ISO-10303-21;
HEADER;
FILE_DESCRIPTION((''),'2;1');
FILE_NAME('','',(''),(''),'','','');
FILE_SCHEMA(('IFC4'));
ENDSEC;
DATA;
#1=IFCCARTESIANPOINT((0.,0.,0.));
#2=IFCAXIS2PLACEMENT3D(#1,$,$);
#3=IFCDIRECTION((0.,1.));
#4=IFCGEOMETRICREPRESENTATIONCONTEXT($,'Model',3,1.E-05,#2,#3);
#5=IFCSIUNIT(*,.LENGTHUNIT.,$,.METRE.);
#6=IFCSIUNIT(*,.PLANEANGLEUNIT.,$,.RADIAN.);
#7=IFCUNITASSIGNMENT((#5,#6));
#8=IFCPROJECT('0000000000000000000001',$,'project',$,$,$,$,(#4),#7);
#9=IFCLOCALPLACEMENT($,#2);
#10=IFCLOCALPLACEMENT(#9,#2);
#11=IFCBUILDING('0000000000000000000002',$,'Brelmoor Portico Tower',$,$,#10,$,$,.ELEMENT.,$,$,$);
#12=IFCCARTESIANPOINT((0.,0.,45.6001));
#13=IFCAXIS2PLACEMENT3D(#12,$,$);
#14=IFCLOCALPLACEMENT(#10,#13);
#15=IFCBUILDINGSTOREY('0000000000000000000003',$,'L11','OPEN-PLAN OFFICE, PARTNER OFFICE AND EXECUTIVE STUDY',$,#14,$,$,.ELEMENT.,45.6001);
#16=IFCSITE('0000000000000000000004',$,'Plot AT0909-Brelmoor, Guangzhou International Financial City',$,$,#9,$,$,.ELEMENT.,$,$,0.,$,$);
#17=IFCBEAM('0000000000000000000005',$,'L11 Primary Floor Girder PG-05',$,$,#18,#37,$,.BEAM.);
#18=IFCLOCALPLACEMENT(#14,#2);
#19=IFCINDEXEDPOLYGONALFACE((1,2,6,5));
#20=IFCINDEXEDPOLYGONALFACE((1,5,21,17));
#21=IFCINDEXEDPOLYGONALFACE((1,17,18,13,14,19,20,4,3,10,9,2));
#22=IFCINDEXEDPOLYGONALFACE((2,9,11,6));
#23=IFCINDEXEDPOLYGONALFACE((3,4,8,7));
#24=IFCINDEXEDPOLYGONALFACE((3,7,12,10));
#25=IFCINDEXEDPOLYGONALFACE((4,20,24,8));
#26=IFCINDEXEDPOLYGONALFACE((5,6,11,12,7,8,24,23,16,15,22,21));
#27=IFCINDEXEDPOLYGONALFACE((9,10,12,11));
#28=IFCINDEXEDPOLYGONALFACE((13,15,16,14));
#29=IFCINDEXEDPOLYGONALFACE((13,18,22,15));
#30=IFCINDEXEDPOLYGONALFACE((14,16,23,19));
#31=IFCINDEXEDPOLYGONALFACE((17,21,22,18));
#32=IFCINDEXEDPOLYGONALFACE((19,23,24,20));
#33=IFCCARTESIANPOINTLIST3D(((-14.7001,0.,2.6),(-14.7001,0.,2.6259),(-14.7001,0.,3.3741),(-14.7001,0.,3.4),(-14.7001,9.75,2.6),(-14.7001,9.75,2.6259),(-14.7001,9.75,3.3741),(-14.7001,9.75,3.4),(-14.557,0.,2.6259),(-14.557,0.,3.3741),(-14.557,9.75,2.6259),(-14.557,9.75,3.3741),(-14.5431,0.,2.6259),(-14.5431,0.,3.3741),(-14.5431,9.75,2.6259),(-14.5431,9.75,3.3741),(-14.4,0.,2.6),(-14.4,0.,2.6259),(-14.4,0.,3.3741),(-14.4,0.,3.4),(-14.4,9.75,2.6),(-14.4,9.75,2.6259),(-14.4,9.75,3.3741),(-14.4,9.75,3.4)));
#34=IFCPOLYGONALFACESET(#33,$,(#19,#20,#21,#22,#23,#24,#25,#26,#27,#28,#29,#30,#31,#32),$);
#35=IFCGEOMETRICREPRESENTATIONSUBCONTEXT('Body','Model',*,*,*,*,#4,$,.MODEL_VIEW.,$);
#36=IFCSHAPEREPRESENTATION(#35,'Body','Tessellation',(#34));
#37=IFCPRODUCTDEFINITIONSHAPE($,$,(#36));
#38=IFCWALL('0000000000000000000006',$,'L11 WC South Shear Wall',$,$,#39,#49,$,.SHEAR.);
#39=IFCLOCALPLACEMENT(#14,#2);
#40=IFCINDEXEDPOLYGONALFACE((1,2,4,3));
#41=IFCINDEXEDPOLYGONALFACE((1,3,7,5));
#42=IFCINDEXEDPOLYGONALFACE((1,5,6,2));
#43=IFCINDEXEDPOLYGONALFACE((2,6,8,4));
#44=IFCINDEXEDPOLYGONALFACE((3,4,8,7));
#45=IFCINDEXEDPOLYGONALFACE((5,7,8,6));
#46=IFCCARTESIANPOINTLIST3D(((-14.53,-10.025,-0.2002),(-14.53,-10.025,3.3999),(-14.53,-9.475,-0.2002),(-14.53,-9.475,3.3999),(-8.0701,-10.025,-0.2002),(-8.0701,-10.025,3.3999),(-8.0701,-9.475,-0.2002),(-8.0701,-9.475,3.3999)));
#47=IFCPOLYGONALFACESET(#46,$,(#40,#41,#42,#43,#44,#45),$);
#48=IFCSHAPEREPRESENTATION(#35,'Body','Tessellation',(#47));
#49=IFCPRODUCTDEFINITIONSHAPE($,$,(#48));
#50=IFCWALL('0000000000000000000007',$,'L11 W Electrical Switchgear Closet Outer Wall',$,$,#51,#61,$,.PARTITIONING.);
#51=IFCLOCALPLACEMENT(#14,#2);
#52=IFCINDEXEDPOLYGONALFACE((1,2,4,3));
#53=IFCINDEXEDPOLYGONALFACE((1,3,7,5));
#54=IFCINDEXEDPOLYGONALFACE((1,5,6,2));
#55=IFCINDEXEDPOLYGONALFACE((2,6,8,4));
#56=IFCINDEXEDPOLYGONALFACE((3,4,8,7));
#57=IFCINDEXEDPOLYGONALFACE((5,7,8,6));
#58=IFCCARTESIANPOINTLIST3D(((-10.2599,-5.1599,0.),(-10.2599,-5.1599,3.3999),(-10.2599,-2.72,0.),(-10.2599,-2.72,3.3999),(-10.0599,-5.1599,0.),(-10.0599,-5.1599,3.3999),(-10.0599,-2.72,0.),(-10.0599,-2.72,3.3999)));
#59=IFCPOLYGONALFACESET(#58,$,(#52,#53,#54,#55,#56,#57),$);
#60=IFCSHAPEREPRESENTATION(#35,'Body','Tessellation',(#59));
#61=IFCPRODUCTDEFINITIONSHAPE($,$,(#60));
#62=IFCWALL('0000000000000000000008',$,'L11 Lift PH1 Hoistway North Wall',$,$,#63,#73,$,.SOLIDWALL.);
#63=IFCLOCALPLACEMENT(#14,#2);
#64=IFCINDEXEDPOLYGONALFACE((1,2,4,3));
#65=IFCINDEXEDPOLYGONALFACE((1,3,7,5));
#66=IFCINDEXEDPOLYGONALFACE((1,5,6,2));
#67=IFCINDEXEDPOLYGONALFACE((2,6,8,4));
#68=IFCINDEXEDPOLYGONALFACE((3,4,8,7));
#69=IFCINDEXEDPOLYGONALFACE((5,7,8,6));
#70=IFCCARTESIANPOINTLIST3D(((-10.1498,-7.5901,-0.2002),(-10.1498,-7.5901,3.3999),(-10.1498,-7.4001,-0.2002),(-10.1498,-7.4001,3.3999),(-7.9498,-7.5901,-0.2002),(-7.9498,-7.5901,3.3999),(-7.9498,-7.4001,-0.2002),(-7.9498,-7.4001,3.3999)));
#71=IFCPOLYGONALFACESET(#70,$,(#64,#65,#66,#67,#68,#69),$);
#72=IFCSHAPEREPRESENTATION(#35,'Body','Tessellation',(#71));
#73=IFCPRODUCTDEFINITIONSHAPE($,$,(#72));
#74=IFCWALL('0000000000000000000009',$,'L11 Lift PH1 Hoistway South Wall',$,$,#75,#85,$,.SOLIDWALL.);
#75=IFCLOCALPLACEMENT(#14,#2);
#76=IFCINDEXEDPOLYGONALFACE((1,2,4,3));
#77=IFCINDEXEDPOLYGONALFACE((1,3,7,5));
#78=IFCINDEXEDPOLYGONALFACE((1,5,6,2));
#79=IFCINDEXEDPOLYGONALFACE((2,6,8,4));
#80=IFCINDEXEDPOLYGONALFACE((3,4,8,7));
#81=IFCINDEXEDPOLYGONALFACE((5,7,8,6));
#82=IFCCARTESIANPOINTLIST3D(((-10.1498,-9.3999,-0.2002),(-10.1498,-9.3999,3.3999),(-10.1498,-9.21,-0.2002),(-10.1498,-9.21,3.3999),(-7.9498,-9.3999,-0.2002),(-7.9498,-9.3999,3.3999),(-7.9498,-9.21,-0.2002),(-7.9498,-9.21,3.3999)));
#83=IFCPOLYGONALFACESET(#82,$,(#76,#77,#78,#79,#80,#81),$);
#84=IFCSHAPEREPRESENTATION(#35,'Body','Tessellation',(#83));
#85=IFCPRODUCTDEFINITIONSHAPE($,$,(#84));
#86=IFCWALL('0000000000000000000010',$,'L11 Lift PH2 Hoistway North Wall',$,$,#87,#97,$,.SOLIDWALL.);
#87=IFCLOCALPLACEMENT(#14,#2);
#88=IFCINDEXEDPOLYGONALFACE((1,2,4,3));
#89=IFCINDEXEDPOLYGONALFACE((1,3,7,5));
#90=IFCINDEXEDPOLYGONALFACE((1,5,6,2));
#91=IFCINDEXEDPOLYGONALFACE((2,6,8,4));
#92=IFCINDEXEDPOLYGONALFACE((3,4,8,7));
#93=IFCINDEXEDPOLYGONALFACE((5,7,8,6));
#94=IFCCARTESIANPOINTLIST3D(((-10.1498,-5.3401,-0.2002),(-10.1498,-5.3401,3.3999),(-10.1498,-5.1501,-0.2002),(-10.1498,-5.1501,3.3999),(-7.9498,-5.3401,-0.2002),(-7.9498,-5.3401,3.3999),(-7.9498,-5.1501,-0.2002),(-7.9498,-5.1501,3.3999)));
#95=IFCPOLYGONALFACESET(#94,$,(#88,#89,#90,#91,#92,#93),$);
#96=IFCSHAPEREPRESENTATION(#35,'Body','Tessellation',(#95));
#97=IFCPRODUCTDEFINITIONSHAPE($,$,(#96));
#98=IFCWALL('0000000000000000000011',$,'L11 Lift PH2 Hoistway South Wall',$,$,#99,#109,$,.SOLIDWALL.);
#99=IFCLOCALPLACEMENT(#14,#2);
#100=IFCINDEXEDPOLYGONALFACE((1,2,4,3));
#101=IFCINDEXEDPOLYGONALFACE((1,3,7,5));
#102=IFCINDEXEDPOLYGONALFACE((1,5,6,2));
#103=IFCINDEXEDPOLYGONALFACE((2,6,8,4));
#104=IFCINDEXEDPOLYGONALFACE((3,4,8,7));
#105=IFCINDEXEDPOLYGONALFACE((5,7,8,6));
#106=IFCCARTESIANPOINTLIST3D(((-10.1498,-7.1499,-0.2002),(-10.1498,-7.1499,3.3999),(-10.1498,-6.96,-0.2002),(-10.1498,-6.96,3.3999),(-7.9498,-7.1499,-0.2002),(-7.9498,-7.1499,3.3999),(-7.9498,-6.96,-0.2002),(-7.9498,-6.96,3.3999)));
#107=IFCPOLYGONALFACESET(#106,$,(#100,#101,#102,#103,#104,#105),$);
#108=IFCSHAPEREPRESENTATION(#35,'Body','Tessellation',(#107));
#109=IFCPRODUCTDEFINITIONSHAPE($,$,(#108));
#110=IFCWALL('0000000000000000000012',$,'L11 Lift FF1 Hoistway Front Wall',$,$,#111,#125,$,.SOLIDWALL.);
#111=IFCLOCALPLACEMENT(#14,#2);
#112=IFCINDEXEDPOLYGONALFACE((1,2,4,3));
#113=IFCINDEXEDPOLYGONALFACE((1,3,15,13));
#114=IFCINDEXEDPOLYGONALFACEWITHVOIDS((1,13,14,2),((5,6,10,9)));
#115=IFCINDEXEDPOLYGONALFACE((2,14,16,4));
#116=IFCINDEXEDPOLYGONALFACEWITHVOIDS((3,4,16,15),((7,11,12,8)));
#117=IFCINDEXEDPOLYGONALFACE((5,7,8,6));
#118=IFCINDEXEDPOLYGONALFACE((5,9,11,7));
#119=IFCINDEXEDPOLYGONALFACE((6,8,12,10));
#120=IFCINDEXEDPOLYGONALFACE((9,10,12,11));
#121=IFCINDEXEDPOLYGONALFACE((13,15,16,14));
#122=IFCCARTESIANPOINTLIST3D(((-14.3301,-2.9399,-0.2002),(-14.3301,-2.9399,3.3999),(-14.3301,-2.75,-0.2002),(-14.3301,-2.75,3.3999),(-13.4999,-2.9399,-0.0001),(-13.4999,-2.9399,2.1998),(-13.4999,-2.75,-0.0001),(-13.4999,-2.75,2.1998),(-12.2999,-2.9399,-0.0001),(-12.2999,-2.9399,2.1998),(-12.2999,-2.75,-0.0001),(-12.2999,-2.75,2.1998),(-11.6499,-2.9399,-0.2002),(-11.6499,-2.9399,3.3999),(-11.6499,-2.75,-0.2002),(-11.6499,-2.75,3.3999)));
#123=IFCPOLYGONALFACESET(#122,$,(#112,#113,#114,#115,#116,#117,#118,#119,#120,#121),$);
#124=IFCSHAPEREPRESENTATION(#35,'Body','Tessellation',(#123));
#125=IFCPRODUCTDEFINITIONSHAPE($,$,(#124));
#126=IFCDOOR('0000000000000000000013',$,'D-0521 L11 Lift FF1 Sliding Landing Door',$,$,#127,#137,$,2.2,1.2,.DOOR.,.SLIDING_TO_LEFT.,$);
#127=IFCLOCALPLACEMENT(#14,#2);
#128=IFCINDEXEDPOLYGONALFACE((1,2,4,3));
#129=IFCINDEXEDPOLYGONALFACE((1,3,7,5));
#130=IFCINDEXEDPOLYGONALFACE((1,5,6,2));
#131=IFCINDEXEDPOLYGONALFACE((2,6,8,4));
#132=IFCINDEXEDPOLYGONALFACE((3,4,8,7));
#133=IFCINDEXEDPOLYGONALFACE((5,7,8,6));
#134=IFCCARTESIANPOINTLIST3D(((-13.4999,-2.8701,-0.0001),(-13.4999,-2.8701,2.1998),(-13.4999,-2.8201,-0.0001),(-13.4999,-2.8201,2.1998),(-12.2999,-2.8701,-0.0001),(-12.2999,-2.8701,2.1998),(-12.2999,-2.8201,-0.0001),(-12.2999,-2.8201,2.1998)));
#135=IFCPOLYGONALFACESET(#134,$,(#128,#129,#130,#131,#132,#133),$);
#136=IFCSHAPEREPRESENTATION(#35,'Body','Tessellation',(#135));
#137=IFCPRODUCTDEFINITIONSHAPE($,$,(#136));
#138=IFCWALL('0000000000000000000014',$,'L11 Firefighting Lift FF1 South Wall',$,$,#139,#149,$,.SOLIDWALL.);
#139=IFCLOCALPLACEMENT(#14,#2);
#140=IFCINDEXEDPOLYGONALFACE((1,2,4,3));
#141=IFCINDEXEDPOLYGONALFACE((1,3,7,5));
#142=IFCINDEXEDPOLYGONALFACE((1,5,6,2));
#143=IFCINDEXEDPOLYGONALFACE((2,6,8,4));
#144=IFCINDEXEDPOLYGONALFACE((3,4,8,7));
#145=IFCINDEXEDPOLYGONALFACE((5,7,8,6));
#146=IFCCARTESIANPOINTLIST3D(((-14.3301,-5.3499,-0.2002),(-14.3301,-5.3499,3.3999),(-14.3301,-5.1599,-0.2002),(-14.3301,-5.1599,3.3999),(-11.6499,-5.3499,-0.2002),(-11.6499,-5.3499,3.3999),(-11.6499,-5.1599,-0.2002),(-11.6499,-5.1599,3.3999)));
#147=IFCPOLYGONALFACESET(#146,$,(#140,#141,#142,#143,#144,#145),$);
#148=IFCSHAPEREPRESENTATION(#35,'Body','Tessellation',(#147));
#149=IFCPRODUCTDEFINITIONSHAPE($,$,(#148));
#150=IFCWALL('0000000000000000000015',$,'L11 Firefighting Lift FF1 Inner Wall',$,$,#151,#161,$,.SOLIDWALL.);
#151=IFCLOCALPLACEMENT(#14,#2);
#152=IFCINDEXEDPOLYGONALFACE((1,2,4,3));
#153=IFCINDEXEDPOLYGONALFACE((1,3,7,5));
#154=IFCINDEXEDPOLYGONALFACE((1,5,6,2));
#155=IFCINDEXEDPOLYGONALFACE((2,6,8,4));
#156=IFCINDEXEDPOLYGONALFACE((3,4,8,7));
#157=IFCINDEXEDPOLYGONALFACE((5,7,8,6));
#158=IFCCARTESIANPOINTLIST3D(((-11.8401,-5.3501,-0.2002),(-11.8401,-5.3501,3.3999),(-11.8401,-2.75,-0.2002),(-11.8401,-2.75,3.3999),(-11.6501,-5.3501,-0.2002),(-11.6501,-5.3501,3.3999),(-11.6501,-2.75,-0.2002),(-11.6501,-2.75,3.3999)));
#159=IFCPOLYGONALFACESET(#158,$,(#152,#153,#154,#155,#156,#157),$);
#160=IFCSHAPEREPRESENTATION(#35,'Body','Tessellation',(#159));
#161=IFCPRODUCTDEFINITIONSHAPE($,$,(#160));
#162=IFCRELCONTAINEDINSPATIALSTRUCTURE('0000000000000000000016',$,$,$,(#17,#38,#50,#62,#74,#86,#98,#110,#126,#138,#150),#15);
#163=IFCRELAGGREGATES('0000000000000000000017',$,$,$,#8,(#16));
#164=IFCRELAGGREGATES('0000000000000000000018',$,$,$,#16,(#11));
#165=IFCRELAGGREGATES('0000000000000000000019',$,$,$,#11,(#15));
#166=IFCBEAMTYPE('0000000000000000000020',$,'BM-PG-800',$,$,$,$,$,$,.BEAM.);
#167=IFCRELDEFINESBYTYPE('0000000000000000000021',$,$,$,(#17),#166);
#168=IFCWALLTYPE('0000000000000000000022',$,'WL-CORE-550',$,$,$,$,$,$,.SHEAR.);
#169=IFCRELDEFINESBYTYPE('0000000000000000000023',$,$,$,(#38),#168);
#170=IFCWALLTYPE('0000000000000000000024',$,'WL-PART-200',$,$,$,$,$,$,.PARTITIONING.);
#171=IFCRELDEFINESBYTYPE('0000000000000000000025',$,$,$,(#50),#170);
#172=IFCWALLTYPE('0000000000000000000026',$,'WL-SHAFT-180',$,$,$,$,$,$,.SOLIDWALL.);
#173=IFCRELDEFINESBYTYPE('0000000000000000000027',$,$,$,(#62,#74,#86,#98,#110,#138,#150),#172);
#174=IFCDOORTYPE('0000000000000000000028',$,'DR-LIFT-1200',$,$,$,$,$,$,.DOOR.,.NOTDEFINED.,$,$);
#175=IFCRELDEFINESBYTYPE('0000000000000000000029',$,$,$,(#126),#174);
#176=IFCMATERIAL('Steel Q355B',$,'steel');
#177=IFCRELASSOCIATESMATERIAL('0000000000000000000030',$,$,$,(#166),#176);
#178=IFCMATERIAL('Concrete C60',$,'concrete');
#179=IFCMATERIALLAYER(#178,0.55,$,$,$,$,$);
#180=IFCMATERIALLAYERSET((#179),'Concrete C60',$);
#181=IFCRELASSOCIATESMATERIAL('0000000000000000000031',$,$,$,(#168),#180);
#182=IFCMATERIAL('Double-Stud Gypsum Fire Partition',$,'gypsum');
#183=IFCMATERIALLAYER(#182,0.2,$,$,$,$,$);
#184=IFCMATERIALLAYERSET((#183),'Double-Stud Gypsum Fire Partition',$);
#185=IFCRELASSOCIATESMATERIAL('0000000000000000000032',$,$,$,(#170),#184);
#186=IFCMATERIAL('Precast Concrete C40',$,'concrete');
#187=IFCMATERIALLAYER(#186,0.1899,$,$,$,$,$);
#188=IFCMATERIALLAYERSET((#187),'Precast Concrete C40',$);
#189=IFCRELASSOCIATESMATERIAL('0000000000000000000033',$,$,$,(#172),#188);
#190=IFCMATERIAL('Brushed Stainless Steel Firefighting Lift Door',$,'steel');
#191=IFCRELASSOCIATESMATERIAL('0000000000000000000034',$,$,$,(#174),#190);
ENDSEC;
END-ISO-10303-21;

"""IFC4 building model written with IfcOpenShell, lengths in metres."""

from ifc_helpers import new_model, si_unit, direction, frame, frame_2d, origin, origin_2d, place, context, subcontext, project, spatial, rectangle, i_section, extrude, material, layer, layer_set, material_profile, profile_set, type_object, element, fill, save


model = new_model("IFC4")

# Units and contexts
model_context = context("Model", 3, precision=1e-05, world=origin(), true_north=direction((0.0, 1.0)))
body_context = subcontext(model_context, "Body", "Model", "MODEL_VIEW")
ifc_project = project(units=[si_unit("LENGTHUNIT", "METRE"), si_unit("PLANEANGLEUNIT", "RADIAN")], contexts=[model_context])

# Site, building, storey
site_placement = place(None, origin())
site = spatial("IfcSite", under=ifc_project, at=site_placement, Name="Plot AT0909-Brelmoor, Guangzhou International Financial City", CompositionType="ELEMENT", RefElevation=0.0)
building_placement = place(site_placement, origin())
building = spatial("IfcBuilding", under=site, at=building_placement, Name="Brelmoor Portico Tower", CompositionType="ELEMENT")
storey_placement = place(building_placement, frame((0.0, 0.0, 45.6001)))
storey = spatial("IfcBuildingStorey", under=building, at=storey_placement, Name="L11", Description="OPEN-PLAN OFFICE, PARTNER OFFICE AND EXECUTIVE STUDY", CompositionType="ELEMENT", Elevation=45.6001)

# Beam
ifc_material_1 = material(Name="Steel Q355B", Category="steel")
ifc_material_profile = material_profile(ifc_material_1, i_section(OverallWidth=0.3, OverallDepth=0.8, WebThickness=0.0139, FlangeThickness=0.0259, at=origin_2d()), Name="HN 800x300x14x26")
ifc_profile_set = profile_set([ifc_material_profile], Name="Steel Q355B")
beam_type = type_object("IfcBeamType", Name="BM-PG-800", PredefinedType="BEAM", material=ifc_profile_set)
beam_placement = place(storey_placement, frame((-14.55, 0.0, 3.0), z_axis=(0.0, 1.0, 0.0), x_axis=(-1.0, 0.0, 0.0)))
element("IfcBeam", 1, at=beam_placement, inside=storey, type_object=beam_type, Name="L11 Primary Floor Girder PG-05", PredefinedType="BEAM", context=body_context, shape_type="SweptSolid", body=[
    extrude(i_section(OverallWidth=0.3, OverallDepth=0.8, WebThickness=0.0139, FlangeThickness=0.0259, at=origin_2d()), origin(), (0.0, 0.0, 1.0), 9.75),
])

# Wall
ifc_material_2 = material(Name="Concrete C60", Category="concrete")
ifc_layer_1 = layer(ifc_material_2, 0.55)
ifc_layer_set_1 = layer_set([ifc_layer_1], Name="Concrete C60")
wall_type_1 = type_object("IfcWallType", Name="WL-CORE-550", PredefinedType="SHEAR", material=ifc_layer_set_1)
wall_1_placement = place(storey_placement, frame((-14.53, -9.75, -0.2002), z_axis=(0.0, 0.0, 1.0), x_axis=(1.0, 0.0, 0.0)))
element("IfcWall", 2, at=wall_1_placement, inside=storey, type_object=wall_type_1, Name="L11 WC South Shear Wall", PredefinedType="SHEAR", context=body_context, shape_type="SweptSolid", body=[
    extrude(rectangle(XDim=6.46, YDim=0.55, at=frame_2d((3.23, 0.0))), origin(), (0.0, 0.0, 1.0), 3.6001),
])

# Shared definitions
ifc_material_3 = material(Name="Double-Stud Gypsum Fire Partition", Category="gypsum")
ifc_layer_2 = layer(ifc_material_3, 0.2)
ifc_layer_set_2 = layer_set([ifc_layer_2], Name="Double-Stud Gypsum Fire Partition")
wall_type_2 = type_object("IfcWallType", Name="WL-PART-200", PredefinedType="PARTITIONING", material=ifc_layer_set_2)

# Walls
wall_2_placement = place(storey_placement, frame((-10.1599, -5.1599, 0.0), z_axis=(0.0, 0.0, 1.0), x_axis=(0.0, 1.0, 0.0)))
element("IfcWall", 3, at=wall_2_placement, inside=storey, type_object=wall_type_2, Name="L11 W Electrical Switchgear Closet Outer Wall", PredefinedType="PARTITIONING", context=body_context, shape_type="SweptSolid", body=[
    extrude(rectangle(XDim=2.4399, YDim=0.2, at=frame_2d((1.22, 0.0))), origin(), (0.0, 0.0, 1.0), 3.3999),
])
ifc_material_4 = material(Name="Precast Concrete C40", Category="concrete")
ifc_layer_3 = layer(ifc_material_4, 0.1899)
ifc_layer_set_3 = layer_set([ifc_layer_3], Name="Precast Concrete C40")
wall_type_3 = type_object("IfcWallType", Name="WL-SHAFT-180", PredefinedType="SOLIDWALL", material=ifc_layer_set_3)
for number, where, z_axis, x_axis, name in (
    (4, (-10.1499, -7.4951, -0.2002), (0.0, 0.0, 1.0), (1.0, 0.0, 0.0), "L11 Lift PH1 Hoistway North Wall"),
    (5, (-10.1499, -9.3049, -0.2002), (0.0, 0.0, 1.0), (1.0, 0.0, 0.0), "L11 Lift PH1 Hoistway South Wall"),
    (6, (-10.1499, -5.2451, -0.2002), (0.0, 0.0, 1.0), (1.0, 0.0, 0.0), "L11 Lift PH2 Hoistway North Wall"),
    (7, (-10.1499, -7.0549, -0.2002), (0.0, 0.0, 1.0), (1.0, 0.0, 0.0), "L11 Lift PH2 Hoistway South Wall"),
):
    element("IfcWall", number, at=place(storey_placement, frame(where, z_axis=z_axis, x_axis=x_axis)), inside=storey, type_object=wall_type_3, Name=name, PredefinedType="SOLIDWALL", context=body_context, shape_type="SweptSolid", body=[
        extrude(rectangle(XDim=2.2, YDim=0.1899, at=frame_2d((1.1001, 0.0))), origin(), (0.0, 0.0, 1.0), 3.6001),
    ])

# Wall, opening, door
wall_3_placement = place(storey_placement, frame((-14.3301, -2.845, -0.2002), z_axis=(0.0, 0.0, 1.0), x_axis=(1.0, 0.0, 0.0)))
wall_3 = element("IfcWall", 8, at=wall_3_placement, inside=storey, type_object=wall_type_3, Name="L11 Lift FF1 Hoistway Front Wall", PredefinedType="SOLIDWALL", context=body_context, shape_type="SweptSolid", body=[
    extrude(rectangle(XDim=2.6802, YDim=0.1899, at=frame_2d((1.3401, 0.0))), origin(), (0.0, 0.0, 1.0), 3.6001),
])
opening_1_placement = place(wall_3_placement, frame((0.8301, 0.0, 0.2)))
opening_1 = element("IfcOpeningElement", 9, at=opening_1_placement, cuts=wall_3, PredefinedType="OPENING", context=body_context, shape_type="SweptSolid", body=[
    extrude(rectangle(XDim=1.2, YDim=2.2, at=frame_2d((0.6001, 1.1001))), frame((0.0, 0.105, 0.0), z_axis=(0.0, -1.0, 0.0), x_axis=(1.0, 0.0, 0.0)), (0.0, 0.0, 1.0), 0.21),
])
ifc_material_5 = material(Name="Brushed Stainless Steel Firefighting Lift Door", Category="steel")
door_type_1 = type_object("IfcDoorType", Name="DR-LIFT-1200", OperationType="NOTDEFINED", PredefinedType="DOOR", material=ifc_material_5)
door_1_placement = place(opening_1_placement, origin())
door_1 = element("IfcDoor", 10, at=door_1_placement, inside=storey, type_object=door_type_1, Name="D-0521 L11 Lift FF1 Sliding Landing Door", OperationType="SLIDING_TO_LEFT", OverallHeight=2.2, OverallWidth=1.2, PredefinedType="DOOR", context=body_context, shape_type="SweptSolid", body=[
    extrude(rectangle(XDim=1.2, YDim=2.2, at=frame_2d((0.6001, 1.1001))), frame((0.0, 0.0249, 0.0), z_axis=(0.0, -1.0, 0.0), x_axis=(1.0, 0.0, 0.0)), (0.0, 0.0, 1.0), 0.05),
])
fill(opening_1, door_1)

# Walls
wall_4_placement = place(storey_placement, frame((-14.3301, -5.2549, -0.2002), z_axis=(0.0, 0.0, 1.0), x_axis=(1.0, 0.0, 0.0)))
element("IfcWall", 11, at=wall_4_placement, inside=storey, type_object=wall_type_3, Name="L11 Firefighting Lift FF1 South Wall", PredefinedType="SOLIDWALL", context=body_context, shape_type="SweptSolid", body=[
    extrude(rectangle(XDim=2.6802, YDim=0.1899, at=frame_2d((1.3401, 0.0))), origin(), (0.0, 0.0, 1.0), 3.6001),
])
wall_5_placement = place(storey_placement, frame((-11.7451, -5.3501, -0.2002), z_axis=(0.0, 0.0, 1.0), x_axis=(0.0, 1.0, 0.0)))
element("IfcWall", 12, at=wall_5_placement, inside=storey, type_object=wall_type_3, Name="L11 Firefighting Lift FF1 Inner Wall", PredefinedType="SOLIDWALL", context=body_context, shape_type="SweptSolid", body=[
    extrude(rectangle(XDim=2.6001, YDim=0.1899, at=frame_2d((1.3, 0.0))), origin(), (0.0, 0.0, 1.0), 3.6001),
])

save(model, "model.ifc")
